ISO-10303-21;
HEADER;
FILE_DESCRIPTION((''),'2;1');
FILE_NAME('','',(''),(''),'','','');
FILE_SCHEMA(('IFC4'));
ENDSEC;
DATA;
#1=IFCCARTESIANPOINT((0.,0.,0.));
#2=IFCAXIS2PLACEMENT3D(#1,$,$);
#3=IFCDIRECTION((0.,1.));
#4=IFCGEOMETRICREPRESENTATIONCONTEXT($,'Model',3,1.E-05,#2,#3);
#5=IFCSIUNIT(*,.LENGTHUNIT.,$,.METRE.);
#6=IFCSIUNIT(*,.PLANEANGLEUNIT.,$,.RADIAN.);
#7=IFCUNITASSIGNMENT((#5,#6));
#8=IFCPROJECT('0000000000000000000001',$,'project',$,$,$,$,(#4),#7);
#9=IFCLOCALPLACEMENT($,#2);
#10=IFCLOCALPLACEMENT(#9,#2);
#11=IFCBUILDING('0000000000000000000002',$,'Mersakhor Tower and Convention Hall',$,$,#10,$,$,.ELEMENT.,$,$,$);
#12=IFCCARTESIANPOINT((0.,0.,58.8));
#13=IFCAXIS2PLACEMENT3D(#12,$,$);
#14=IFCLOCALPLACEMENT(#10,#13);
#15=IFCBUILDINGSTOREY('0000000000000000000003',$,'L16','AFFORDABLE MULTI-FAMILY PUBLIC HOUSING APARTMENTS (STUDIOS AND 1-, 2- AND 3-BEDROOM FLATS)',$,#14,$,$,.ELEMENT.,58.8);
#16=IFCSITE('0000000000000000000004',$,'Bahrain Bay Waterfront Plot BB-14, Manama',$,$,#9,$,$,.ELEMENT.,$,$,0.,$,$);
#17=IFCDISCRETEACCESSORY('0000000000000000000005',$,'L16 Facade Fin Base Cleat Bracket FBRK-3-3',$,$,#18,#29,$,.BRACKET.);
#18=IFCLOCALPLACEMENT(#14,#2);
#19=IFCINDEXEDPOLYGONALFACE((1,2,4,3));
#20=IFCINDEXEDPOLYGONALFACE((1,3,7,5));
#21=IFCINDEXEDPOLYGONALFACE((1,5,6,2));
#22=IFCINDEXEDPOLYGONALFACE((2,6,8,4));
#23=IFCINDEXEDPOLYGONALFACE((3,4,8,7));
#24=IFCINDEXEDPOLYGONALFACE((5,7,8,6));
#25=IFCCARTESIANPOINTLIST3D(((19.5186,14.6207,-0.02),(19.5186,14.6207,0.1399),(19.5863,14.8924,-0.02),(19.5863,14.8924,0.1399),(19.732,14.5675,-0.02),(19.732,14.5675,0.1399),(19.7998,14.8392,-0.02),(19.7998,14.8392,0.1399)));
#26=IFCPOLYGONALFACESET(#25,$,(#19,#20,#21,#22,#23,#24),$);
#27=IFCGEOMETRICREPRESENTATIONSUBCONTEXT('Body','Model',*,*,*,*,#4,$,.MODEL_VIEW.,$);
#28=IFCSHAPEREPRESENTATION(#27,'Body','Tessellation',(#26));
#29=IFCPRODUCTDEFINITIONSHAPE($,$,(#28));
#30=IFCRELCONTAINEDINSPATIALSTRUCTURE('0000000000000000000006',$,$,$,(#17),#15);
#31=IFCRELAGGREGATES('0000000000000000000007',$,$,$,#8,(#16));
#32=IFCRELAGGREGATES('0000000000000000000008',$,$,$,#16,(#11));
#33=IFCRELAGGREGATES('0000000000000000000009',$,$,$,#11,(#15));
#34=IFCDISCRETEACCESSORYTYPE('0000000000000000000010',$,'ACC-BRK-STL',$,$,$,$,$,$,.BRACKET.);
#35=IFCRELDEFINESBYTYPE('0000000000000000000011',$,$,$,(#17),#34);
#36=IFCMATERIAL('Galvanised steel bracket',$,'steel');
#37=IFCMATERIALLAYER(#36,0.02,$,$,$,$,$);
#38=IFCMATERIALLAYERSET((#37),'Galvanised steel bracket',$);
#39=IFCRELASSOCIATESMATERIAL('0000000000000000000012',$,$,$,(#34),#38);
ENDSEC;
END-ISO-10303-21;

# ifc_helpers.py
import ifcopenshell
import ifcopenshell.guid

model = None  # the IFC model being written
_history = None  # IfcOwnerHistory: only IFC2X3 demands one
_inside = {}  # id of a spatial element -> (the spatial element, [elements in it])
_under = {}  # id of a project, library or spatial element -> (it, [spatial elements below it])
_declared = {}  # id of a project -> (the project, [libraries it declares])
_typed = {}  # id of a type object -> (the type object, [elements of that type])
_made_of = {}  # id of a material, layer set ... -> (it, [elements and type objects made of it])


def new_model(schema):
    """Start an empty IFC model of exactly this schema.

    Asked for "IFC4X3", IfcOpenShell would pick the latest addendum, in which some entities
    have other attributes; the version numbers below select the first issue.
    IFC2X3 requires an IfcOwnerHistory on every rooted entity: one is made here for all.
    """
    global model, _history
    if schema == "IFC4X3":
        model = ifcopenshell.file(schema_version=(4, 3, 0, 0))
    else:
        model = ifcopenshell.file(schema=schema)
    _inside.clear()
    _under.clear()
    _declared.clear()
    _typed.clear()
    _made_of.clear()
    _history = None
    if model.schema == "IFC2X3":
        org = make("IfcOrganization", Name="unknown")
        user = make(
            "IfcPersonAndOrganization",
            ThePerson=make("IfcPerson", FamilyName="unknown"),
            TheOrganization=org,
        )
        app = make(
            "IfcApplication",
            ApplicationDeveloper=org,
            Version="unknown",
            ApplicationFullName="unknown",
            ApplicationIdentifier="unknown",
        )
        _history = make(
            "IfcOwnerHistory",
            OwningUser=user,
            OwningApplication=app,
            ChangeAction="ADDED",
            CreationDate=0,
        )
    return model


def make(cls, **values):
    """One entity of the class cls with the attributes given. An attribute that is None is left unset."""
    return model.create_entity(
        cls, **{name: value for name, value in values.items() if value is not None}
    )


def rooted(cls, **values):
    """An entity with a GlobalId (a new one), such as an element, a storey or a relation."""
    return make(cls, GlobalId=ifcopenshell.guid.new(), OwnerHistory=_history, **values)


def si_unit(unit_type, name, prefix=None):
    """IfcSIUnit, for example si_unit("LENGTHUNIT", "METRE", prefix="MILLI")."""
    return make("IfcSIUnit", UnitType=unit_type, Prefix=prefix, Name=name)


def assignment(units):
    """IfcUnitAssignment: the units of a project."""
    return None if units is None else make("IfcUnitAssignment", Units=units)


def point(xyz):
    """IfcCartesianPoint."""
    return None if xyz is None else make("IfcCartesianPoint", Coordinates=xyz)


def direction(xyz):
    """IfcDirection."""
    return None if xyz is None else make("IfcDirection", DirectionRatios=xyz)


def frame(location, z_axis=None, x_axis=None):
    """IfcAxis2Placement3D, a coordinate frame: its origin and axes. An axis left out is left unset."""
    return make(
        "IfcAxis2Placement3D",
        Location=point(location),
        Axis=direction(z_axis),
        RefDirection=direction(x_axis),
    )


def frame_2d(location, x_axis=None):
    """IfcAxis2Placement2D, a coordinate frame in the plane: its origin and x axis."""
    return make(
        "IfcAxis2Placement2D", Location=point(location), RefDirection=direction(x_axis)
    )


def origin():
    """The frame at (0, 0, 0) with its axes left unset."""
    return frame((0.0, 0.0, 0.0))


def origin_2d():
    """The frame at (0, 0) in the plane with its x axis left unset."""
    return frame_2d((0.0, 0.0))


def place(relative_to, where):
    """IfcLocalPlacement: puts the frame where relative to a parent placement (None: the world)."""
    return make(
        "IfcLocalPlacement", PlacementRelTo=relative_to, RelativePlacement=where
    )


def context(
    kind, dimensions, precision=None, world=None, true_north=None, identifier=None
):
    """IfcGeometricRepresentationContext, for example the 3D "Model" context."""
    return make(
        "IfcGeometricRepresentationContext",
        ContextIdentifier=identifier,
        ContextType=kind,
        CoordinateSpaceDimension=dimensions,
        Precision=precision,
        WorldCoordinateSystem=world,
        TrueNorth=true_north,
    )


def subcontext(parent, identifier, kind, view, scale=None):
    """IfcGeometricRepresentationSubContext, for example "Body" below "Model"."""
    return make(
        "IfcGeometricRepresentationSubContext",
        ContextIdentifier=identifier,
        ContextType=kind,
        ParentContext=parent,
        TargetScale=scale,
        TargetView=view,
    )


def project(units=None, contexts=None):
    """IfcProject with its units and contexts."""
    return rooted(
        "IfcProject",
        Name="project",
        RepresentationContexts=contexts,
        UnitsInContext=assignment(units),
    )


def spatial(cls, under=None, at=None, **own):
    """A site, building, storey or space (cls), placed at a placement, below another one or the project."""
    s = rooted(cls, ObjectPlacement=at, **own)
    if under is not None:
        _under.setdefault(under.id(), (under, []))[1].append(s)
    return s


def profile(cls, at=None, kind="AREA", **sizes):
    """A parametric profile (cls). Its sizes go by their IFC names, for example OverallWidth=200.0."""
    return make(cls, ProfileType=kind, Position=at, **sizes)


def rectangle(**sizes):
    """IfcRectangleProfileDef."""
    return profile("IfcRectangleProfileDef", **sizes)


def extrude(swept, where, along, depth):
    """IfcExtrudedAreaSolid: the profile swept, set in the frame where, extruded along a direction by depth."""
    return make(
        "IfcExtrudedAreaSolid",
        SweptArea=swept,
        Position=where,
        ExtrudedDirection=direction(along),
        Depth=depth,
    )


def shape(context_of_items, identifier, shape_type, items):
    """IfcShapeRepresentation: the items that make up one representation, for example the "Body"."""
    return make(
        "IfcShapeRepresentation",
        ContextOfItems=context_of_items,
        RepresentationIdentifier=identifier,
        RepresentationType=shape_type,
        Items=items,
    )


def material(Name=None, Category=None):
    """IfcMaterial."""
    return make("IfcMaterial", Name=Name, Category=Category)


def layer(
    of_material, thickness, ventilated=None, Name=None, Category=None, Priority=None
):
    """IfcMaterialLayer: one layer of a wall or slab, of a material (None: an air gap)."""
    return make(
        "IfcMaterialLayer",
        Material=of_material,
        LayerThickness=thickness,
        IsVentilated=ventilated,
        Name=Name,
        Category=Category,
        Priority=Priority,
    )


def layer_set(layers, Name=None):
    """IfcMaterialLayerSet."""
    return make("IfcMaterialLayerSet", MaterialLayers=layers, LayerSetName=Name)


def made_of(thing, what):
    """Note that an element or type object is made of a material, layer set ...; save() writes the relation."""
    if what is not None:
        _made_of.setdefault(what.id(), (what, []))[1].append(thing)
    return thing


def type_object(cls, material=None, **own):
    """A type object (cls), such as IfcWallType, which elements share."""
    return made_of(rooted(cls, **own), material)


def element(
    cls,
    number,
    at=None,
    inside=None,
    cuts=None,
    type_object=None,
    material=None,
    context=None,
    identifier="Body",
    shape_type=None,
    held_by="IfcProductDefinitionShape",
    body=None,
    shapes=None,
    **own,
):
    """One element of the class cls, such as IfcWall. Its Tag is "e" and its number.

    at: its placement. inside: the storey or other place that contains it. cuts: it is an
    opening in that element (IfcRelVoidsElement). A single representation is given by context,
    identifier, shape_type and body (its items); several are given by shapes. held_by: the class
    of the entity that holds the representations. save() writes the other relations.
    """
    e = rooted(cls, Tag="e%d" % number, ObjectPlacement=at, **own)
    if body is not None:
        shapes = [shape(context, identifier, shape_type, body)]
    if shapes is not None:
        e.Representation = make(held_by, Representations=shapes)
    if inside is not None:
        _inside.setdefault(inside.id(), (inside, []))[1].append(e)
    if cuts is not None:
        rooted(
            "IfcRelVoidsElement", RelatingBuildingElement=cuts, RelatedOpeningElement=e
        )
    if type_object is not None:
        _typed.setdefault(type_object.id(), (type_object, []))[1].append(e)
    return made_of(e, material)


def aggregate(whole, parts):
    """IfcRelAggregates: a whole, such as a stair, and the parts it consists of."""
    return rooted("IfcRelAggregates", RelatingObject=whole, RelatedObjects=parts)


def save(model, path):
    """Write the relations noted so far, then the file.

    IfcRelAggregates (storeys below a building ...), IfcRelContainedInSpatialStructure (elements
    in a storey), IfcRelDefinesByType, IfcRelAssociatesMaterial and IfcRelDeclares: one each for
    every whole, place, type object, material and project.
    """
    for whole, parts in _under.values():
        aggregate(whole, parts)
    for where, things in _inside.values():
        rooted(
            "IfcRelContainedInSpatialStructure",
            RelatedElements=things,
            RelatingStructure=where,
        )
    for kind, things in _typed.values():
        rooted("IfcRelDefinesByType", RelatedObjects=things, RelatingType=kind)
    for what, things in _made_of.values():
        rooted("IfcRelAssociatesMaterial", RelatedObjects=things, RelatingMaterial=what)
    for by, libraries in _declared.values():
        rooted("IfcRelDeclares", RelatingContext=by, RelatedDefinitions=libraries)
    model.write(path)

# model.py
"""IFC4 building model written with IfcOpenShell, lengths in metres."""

from ifc_helpers import new_model, si_unit, direction, frame, origin, origin_2d, place, context, subcontext, project, spatial, rectangle, extrude, material, layer, layer_set, type_object, element, save


model = new_model("IFC4")

# Units and contexts
model_context = context("Model", 3, precision=1e-05, world=origin(), true_north=direction((0.0, 1.0)))
body_context = subcontext(model_context, "Body", "Model", "MODEL_VIEW")
ifc_project = project(units=[si_unit("LENGTHUNIT", "METRE"), si_unit("PLANEANGLEUNIT", "RADIAN")], contexts=[model_context])

# Site, building, storey
site_placement = place(None, origin())
site = spatial("IfcSite", under=ifc_project, at=site_placement, Name="Bahrain Bay Waterfront Plot BB-14, Manama", CompositionType="ELEMENT", RefElevation=0.0)
building_placement = place(site_placement, origin())
building = spatial("IfcBuilding", under=site, at=building_placement, Name="Mersakhor Tower and Convention Hall", CompositionType="ELEMENT")
storey_placement = place(building_placement, frame((0.0, 0.0, 58.8)))
storey = spatial("IfcBuildingStorey", under=building, at=storey_placement, Name="L16", Description="AFFORDABLE MULTI-FAMILY PUBLIC HOUSING APARTMENTS (STUDIOS AND 1-, 2- AND 3-BEDROOM FLATS)", CompositionType="ELEMENT", Elevation=58.8)

# Discrete accessory
ifc_material_1 = material(Name="Galvanised steel bracket", Category="steel")
ifc_layer_1 = layer(ifc_material_1, 0.02)
ifc_layer_set_1 = layer_set([ifc_layer_1], Name="Galvanised steel bracket")
discrete_accessory_type = type_object("IfcDiscreteAccessoryType", Name="ACC-BRK-STL", PredefinedType="BRACKET", material=ifc_layer_set_1)
for number, where, z_axis, x_axis, name in (
    (1, (19.6592, 14.73, -0.02), (0.0, 0.0, 1.0), (-0.241922, -0.970296, 0.0), "L16 Facade Fin Base Cleat Bracket FBRK-3-3"),
):
    element("IfcDiscreteAccessory", number, at=place(storey_placement, frame(where, z_axis=z_axis, x_axis=x_axis)), inside=storey, type_object=discrete_accessory_type, Name=name, PredefinedType="BRACKET", context=body_context, shape_type="SweptSolid", body=[
        extrude(rectangle(XDim=0.28, YDim=0.22, at=origin_2d()), origin(), (0.0, 0.0, 1.0), 0.1599),
    ])

save(model, "model.ifc")
